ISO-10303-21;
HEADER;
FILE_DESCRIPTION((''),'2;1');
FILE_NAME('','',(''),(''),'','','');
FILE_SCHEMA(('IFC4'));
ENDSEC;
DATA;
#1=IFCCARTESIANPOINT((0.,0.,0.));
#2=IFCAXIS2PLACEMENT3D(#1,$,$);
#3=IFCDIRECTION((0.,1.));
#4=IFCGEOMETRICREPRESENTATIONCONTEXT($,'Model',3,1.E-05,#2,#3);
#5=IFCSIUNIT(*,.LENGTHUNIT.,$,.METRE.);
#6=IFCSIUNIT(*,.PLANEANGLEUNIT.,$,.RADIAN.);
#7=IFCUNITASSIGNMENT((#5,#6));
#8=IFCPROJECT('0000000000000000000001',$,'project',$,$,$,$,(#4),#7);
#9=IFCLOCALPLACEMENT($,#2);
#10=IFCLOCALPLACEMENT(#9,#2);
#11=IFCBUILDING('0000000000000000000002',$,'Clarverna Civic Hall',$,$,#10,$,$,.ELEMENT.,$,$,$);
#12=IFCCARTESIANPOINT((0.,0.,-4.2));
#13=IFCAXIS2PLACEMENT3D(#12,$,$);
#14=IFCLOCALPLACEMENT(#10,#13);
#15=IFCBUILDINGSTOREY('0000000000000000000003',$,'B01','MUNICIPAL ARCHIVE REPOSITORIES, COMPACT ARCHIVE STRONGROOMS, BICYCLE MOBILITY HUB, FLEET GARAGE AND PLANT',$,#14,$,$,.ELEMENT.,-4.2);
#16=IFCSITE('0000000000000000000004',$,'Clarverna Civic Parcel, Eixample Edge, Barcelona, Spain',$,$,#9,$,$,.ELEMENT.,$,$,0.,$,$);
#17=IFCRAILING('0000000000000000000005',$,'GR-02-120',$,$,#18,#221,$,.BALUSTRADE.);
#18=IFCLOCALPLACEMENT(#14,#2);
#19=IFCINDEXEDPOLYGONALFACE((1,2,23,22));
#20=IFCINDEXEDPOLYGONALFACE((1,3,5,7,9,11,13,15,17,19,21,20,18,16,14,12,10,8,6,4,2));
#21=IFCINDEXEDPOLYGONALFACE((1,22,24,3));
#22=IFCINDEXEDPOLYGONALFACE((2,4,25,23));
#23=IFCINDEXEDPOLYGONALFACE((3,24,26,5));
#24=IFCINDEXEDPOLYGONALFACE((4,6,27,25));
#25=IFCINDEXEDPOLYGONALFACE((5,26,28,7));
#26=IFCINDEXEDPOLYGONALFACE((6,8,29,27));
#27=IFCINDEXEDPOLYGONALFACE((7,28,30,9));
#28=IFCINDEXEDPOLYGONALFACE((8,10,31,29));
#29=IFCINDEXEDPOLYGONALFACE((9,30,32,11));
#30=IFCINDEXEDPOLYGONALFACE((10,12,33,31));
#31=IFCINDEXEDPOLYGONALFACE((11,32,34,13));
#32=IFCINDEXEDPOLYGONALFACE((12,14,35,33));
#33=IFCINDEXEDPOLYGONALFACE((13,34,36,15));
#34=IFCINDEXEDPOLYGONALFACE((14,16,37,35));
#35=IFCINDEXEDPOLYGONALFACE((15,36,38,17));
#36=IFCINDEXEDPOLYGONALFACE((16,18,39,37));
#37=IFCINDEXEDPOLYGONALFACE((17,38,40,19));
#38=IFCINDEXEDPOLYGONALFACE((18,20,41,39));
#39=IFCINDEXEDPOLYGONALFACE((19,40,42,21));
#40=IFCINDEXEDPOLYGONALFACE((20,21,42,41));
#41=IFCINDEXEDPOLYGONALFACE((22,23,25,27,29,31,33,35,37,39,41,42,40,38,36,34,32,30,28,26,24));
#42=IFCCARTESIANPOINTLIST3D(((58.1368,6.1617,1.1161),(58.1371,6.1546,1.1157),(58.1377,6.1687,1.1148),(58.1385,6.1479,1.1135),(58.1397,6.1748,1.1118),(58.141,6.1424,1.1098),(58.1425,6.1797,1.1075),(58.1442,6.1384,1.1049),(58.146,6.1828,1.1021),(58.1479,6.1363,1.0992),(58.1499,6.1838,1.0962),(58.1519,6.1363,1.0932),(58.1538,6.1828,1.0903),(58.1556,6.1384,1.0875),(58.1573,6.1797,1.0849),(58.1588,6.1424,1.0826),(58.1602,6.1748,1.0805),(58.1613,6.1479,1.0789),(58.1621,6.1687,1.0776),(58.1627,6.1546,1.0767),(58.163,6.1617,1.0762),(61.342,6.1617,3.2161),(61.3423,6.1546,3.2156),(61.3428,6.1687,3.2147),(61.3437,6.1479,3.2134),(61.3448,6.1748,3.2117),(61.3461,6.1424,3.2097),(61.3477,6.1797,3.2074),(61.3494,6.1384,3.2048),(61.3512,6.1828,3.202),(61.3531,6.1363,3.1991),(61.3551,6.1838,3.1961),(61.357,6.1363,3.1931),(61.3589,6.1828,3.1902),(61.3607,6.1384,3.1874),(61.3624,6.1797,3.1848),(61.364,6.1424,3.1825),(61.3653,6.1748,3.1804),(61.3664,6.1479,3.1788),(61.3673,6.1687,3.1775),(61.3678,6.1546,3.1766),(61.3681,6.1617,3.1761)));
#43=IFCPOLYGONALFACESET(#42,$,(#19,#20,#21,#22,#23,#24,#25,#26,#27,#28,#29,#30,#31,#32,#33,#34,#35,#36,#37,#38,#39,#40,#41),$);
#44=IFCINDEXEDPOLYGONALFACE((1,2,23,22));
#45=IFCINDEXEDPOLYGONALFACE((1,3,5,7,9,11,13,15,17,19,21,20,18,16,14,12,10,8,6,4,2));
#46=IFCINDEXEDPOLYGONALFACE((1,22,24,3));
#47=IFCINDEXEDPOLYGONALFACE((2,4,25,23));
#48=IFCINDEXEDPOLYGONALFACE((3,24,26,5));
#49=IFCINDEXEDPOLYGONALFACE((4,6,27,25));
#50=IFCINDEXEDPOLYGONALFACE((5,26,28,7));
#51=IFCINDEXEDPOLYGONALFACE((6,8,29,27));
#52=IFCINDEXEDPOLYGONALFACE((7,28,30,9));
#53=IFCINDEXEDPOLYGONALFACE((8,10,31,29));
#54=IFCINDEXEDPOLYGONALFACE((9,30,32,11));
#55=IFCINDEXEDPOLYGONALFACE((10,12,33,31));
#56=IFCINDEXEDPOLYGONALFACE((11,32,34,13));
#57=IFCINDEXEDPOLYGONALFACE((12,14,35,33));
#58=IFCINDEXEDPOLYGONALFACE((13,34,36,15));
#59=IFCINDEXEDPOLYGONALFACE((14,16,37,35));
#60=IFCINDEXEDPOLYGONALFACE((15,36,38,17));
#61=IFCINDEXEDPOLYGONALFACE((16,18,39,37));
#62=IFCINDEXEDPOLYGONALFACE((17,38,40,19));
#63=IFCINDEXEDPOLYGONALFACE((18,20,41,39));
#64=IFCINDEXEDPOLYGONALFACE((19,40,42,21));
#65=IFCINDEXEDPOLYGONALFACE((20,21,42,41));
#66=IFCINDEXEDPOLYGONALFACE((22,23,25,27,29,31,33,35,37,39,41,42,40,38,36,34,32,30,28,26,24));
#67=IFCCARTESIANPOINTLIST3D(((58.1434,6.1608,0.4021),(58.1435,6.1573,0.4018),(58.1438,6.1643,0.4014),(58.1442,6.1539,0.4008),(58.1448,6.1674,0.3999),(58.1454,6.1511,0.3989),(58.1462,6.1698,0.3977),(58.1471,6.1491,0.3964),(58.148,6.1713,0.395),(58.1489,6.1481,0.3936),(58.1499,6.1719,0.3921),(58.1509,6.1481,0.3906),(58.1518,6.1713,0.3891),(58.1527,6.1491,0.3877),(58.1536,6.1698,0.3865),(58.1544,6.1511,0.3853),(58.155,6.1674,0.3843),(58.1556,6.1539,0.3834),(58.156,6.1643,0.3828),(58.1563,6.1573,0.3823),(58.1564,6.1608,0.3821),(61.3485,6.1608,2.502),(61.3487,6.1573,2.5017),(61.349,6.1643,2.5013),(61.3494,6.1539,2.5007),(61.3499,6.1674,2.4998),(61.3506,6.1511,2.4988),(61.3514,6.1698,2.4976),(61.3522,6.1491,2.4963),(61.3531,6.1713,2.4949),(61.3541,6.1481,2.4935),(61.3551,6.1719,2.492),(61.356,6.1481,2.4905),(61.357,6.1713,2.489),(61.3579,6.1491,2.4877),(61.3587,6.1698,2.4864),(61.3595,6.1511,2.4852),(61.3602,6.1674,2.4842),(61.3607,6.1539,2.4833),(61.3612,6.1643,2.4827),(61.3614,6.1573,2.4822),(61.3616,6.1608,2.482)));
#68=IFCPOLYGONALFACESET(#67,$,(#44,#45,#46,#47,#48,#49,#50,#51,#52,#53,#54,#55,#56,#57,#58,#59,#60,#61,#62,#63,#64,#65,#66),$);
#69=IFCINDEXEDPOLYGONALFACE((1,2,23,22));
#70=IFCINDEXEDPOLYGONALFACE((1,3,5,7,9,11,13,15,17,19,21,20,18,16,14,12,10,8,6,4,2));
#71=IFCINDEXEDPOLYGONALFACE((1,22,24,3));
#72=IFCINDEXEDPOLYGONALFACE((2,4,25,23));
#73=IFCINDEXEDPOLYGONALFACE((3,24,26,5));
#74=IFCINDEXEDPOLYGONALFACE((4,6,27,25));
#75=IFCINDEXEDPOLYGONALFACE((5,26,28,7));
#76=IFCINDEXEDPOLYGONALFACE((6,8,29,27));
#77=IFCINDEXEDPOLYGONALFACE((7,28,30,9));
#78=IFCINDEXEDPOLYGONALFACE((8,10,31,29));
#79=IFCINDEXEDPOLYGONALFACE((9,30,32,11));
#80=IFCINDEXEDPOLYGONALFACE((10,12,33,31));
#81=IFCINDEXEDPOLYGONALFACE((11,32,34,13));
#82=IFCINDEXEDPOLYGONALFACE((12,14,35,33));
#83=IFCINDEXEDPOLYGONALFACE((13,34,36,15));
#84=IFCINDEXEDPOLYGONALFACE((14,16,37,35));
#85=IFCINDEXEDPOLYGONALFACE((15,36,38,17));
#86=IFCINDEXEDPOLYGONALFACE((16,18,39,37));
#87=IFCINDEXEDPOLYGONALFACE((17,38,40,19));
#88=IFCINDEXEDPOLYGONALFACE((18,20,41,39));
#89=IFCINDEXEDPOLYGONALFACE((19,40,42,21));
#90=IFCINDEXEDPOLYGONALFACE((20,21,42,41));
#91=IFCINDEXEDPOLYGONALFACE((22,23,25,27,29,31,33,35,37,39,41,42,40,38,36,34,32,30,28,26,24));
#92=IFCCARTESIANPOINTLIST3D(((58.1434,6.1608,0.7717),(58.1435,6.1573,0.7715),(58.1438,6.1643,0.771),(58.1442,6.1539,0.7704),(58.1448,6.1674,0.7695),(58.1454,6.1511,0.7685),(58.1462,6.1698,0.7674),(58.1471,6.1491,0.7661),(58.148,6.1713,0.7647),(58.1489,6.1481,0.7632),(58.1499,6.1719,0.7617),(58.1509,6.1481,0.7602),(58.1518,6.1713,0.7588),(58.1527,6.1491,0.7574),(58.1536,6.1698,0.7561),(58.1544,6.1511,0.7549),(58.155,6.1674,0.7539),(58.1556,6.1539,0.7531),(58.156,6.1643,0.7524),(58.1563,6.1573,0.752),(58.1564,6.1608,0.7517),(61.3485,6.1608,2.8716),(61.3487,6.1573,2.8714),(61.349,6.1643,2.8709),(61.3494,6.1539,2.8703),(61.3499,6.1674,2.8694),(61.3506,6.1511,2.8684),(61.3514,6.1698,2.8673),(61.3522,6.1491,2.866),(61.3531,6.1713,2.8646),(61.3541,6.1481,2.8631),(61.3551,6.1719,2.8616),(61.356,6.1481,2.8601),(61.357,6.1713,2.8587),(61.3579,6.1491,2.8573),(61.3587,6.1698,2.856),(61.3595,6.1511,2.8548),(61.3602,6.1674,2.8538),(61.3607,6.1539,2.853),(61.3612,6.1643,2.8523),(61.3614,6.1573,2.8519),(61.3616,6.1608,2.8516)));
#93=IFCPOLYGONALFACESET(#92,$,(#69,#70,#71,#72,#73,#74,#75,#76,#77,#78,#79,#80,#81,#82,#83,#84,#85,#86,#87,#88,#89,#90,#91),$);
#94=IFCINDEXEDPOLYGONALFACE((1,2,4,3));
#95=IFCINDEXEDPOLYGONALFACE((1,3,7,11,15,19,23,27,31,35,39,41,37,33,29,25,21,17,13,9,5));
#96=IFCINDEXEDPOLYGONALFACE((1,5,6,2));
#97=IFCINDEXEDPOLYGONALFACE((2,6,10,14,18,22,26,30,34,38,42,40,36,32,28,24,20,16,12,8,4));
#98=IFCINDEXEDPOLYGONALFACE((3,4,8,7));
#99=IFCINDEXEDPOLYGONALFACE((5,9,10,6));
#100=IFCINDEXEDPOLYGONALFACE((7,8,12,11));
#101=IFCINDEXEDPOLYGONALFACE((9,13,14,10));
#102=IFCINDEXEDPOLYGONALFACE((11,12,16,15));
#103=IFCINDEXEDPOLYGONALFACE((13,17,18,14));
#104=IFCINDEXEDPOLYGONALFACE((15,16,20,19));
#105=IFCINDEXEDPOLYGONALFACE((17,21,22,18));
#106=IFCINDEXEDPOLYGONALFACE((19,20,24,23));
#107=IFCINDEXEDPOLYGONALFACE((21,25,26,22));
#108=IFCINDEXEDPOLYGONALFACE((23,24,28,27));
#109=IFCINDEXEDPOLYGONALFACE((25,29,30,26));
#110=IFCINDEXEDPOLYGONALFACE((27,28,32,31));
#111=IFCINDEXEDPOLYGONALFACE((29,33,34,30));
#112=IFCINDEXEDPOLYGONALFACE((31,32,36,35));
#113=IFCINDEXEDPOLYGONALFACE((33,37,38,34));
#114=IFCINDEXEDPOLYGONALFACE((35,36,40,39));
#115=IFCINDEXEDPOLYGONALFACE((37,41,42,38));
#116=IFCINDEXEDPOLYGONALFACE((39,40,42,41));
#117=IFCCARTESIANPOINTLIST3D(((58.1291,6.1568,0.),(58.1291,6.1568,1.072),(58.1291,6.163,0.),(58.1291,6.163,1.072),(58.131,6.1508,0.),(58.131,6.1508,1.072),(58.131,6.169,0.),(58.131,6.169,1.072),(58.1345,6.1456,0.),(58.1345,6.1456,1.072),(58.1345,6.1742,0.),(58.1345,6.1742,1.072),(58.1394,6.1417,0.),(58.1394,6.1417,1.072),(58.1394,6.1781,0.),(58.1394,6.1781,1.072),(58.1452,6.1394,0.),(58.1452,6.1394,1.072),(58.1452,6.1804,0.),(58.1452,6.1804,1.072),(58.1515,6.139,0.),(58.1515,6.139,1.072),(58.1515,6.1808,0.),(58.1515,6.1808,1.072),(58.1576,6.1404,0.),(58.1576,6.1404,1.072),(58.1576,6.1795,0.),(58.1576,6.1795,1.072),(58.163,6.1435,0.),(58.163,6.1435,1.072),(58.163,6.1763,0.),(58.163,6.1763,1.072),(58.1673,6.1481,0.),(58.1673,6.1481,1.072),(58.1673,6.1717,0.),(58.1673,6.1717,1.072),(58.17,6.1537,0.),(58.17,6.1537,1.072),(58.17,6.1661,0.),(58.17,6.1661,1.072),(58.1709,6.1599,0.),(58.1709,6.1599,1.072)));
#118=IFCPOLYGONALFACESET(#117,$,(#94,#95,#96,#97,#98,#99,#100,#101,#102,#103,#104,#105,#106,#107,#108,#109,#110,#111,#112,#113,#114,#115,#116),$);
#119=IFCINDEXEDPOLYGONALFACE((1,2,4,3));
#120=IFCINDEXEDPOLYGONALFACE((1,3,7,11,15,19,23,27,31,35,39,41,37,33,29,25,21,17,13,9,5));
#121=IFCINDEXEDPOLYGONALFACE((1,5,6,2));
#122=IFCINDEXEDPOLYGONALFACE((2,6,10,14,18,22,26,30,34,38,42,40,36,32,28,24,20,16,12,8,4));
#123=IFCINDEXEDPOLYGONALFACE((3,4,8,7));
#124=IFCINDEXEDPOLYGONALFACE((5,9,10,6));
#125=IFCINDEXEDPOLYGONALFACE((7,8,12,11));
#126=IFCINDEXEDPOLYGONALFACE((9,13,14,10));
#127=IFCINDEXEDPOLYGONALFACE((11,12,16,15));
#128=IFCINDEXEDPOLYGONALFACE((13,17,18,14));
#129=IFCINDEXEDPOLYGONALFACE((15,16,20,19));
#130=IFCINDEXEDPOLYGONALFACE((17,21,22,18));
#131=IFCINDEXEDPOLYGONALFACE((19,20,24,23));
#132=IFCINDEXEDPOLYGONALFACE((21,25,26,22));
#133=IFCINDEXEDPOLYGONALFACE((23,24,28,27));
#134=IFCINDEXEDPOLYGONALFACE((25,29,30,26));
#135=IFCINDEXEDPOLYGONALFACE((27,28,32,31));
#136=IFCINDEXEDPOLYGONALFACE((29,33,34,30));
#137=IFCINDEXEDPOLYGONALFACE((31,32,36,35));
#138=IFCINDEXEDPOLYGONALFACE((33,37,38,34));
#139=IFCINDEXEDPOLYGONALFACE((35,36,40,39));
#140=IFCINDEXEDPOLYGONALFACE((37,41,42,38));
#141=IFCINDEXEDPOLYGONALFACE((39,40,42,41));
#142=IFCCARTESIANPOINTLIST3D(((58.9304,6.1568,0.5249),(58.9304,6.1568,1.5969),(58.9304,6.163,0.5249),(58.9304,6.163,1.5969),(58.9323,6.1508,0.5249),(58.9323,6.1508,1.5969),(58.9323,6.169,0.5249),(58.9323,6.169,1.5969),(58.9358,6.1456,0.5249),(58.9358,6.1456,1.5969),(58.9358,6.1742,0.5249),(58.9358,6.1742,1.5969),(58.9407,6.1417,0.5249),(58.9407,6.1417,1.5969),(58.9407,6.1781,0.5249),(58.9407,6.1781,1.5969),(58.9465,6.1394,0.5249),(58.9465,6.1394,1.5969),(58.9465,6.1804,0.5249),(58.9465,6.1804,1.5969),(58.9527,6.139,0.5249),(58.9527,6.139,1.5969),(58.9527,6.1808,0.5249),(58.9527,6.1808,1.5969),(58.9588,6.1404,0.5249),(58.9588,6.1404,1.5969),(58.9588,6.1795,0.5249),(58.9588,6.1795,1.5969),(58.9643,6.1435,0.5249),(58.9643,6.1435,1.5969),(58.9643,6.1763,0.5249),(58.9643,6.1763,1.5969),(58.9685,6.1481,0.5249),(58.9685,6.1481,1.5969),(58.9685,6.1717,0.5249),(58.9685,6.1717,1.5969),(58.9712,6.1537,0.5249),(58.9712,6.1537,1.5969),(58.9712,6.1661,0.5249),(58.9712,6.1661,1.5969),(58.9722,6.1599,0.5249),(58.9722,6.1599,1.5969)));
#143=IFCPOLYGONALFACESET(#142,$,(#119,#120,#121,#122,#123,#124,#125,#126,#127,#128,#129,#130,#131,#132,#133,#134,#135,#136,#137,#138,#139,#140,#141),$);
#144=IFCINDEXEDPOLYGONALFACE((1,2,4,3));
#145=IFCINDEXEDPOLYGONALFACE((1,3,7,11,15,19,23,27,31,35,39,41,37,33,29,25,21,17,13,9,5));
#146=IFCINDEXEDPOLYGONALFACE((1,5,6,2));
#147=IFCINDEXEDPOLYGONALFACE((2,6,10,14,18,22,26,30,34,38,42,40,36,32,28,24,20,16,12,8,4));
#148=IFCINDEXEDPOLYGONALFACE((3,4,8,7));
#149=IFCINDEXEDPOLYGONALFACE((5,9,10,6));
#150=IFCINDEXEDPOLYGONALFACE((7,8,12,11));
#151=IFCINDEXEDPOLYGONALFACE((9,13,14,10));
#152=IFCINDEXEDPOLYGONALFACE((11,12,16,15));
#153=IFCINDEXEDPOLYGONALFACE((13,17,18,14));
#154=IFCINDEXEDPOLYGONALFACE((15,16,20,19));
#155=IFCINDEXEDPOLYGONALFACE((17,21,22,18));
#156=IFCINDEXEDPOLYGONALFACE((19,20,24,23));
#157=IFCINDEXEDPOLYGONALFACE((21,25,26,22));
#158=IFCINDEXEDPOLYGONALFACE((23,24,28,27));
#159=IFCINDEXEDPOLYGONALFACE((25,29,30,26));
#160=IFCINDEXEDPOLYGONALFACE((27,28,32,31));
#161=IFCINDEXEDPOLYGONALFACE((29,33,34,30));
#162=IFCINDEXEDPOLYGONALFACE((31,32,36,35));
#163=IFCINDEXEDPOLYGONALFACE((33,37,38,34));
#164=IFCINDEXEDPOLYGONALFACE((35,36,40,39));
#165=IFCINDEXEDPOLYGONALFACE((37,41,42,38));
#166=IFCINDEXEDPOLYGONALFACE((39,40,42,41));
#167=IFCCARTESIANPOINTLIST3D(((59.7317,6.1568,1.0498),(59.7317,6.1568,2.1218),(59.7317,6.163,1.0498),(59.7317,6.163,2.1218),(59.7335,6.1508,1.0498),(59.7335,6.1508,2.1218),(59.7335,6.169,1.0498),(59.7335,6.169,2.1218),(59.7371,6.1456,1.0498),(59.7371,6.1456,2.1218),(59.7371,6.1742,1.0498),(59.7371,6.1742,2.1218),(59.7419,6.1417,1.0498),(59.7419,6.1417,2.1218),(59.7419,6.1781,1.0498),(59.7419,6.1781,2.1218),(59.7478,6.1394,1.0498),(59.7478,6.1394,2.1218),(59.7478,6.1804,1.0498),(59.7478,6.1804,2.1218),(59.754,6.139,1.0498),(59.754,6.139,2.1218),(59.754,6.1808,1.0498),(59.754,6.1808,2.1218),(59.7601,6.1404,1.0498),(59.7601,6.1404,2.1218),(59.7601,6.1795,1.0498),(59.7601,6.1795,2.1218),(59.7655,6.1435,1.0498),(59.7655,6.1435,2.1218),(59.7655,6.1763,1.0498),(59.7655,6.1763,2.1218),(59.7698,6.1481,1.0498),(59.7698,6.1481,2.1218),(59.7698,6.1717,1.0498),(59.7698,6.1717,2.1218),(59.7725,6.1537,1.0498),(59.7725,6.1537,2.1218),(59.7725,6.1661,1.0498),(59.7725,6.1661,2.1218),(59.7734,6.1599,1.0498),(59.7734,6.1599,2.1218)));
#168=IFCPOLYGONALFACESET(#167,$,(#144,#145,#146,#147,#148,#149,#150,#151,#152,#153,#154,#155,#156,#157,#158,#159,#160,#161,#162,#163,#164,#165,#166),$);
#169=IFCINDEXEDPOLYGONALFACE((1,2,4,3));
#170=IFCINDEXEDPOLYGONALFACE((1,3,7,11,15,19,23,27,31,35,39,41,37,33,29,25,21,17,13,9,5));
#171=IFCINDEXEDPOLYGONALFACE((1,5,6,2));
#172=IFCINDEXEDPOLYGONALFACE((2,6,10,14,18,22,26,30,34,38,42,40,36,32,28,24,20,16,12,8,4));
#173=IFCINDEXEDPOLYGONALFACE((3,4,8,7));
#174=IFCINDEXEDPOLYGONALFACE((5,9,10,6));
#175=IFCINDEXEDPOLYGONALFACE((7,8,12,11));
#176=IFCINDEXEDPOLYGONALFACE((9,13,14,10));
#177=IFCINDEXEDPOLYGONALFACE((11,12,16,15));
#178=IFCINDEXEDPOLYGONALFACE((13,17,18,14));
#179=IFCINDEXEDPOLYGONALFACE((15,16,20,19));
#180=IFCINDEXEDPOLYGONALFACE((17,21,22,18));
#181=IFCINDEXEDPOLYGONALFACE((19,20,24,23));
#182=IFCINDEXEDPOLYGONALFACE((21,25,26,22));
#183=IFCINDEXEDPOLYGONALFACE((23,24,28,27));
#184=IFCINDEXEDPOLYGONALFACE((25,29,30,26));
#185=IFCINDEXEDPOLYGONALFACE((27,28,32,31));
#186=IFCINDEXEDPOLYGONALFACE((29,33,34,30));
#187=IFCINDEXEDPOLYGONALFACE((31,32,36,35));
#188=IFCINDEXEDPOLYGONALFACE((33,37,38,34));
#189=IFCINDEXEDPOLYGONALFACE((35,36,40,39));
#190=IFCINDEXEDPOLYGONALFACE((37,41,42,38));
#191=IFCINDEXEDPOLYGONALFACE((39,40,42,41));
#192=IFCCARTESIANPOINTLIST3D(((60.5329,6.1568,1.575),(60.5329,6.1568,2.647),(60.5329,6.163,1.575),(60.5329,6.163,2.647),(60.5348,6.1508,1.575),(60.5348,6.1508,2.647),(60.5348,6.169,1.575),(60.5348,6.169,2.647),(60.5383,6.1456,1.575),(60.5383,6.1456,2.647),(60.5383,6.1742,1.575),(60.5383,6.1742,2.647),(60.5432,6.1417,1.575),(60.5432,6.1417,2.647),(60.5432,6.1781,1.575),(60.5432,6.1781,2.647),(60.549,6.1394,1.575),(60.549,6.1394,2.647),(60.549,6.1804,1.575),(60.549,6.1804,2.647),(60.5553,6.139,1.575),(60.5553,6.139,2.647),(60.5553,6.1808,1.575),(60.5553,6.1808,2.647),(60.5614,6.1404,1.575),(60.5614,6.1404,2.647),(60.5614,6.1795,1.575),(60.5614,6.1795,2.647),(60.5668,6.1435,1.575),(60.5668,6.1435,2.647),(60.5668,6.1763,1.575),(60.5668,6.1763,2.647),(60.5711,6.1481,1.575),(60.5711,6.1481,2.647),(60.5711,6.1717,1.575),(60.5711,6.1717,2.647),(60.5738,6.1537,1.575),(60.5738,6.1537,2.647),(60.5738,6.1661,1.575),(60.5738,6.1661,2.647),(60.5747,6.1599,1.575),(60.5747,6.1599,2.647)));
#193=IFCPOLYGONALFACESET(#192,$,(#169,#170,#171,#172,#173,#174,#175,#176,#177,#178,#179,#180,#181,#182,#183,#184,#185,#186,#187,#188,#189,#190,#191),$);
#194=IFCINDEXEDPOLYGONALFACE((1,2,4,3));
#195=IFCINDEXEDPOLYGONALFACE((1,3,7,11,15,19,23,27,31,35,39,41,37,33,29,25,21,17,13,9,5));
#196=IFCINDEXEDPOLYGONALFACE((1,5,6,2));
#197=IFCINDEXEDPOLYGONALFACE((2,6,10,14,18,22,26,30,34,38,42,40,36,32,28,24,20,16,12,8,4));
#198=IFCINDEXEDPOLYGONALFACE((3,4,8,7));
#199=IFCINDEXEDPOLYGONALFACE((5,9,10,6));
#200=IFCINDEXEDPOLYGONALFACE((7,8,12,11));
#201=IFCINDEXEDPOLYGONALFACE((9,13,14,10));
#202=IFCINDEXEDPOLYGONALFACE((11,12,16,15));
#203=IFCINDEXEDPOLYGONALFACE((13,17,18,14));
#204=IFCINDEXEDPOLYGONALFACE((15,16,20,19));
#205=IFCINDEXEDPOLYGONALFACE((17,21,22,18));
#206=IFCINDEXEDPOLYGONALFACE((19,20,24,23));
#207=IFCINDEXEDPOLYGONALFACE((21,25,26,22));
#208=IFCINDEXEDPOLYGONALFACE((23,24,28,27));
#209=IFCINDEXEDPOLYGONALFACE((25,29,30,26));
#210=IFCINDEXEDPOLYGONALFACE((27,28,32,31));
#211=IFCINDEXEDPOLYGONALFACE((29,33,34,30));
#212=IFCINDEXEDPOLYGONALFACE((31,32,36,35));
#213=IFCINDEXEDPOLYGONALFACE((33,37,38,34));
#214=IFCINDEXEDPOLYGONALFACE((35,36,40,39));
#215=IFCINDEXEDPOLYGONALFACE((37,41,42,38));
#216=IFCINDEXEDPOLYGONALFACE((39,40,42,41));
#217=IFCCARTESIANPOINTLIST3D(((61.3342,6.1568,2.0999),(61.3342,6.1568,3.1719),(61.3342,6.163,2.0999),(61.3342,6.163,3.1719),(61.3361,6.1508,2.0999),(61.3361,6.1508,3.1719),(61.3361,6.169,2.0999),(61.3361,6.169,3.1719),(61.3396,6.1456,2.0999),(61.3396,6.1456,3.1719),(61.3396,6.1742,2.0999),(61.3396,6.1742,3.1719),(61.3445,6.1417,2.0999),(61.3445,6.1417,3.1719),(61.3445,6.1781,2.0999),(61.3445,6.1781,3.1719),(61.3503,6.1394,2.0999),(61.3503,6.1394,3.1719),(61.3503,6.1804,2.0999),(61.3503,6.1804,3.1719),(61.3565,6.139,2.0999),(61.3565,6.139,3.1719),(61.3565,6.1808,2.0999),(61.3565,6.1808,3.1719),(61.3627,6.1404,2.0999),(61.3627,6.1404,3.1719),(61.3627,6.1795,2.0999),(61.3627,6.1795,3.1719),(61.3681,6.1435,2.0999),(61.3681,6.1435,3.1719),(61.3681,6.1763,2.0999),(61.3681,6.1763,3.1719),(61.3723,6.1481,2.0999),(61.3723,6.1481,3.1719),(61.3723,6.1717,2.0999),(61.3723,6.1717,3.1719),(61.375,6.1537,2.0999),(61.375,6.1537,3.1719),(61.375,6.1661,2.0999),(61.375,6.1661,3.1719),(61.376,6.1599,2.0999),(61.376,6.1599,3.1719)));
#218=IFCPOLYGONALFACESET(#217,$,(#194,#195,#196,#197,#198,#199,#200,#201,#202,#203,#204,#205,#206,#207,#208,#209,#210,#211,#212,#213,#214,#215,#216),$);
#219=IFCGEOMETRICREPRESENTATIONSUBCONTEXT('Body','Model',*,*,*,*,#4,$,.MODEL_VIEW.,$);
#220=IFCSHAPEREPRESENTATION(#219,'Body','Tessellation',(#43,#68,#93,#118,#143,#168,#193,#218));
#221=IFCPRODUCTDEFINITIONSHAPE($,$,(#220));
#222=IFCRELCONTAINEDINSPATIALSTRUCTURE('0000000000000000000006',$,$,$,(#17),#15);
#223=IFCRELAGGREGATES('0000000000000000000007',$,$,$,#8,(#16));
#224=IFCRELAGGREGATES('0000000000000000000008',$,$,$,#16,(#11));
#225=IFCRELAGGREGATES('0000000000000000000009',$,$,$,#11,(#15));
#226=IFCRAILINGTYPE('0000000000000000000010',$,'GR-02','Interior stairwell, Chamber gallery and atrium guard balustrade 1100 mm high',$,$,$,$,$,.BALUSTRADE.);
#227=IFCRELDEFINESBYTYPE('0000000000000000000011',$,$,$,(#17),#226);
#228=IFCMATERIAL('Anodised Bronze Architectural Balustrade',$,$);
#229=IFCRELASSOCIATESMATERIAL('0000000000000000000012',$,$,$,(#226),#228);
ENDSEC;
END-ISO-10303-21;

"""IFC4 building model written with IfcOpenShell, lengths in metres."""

from ifc_helpers import new_model, si_unit, direction, frame, origin, origin_2d, place, context, subcontext, project, spatial, circle, extrude, material, type_object, element, save


model = new_model("IFC4")

# Units and contexts
model_context = context("Model", 3, precision=1e-05, world=origin(), true_north=direction((0.0, 1.0)))
body_context = subcontext(model_context, "Body", "Model", "MODEL_VIEW")
ifc_project = project(units=[si_unit("LENGTHUNIT", "METRE"), si_unit("PLANEANGLEUNIT", "RADIAN")], contexts=[model_context])

# Site, building, storey
site_placement = place(None, origin())
site = spatial("IfcSite", under=ifc_project, at=site_placement, Name="Clarverna Civic Parcel, Eixample Edge, Barcelona, Spain", CompositionType="ELEMENT", RefElevation=0.0)
building_placement = place(site_placement, origin())
building = spatial("IfcBuilding", under=site, at=building_placement, Name="Clarverna Civic Hall", CompositionType="ELEMENT")
storey_placement = place(building_placement, frame((0.0, 0.0, -4.2)))
storey = spatial("IfcBuildingStorey", under=building, at=storey_placement, Name="B01", Description="MUNICIPAL ARCHIVE REPOSITORIES, COMPACT ARCHIVE STRONGROOMS, BICYCLE MOBILITY HUB, FLEET GARAGE AND PLANT", CompositionType="ELEMENT", Elevation=-4.2)

# Railing
ifc_material_1 = material(Name="Anodised Bronze Architectural Balustrade")
railing_type_1 = type_object("IfcRailingType", Name="GR-02", Description="Interior stairwell, Chamber gallery and atrium guard balustrade 1100 mm high", PredefinedType="BALUSTRADE", material=ifc_material_1)
railing_1_placement = place(storey_placement, frame((58.1499, 6.1599, 0.0)))
element("IfcRailing", 1, at=railing_1_placement, inside=storey, type_object=railing_type_1, Name="GR-02-120", PredefinedType="BALUSTRADE", context=body_context, shape_type="SweptSolid", body=[
    extrude(circle(Radius=0.0239, at=origin_2d()), frame((0.0, 0.0, 1.0962), z_axis=(0.836464, 0.0, 0.548022), x_axis=(0.0, 1.0, 0.0)), (0.0, 0.0, 1.0), 3.8318),
    extrude(circle(Radius=0.012, at=origin_2d()), frame((0.0, 0.0, 0.3921), z_axis=(0.836464, 0.0, 0.548022), x_axis=(0.0, 1.0, 0.0)), (0.0, 0.0, 1.0), 3.8318),
    extrude(circle(Radius=0.012, at=origin_2d()), frame((0.0, 0.0, 0.7617), z_axis=(0.836464, 0.0, 0.548022), x_axis=(0.0, 1.0, 0.0)), (0.0, 0.0, 1.0), 3.8318),
    extrude(circle(Radius=0.021, at=origin_2d()), origin(), (0.0, 0.0, 1.0), 1.072),
    extrude(circle(Radius=0.021, at=origin_2d()), frame((0.8013, 0.0, 0.5249)), (0.0, 0.0, 1.0), 1.072),
    extrude(circle(Radius=0.021, at=origin_2d()), frame((1.6025, 0.0, 1.0498)), (0.0, 0.0, 1.0), 1.072),
    extrude(circle(Radius=0.021, at=origin_2d()), frame((2.4038, 0.0, 1.575)), (0.0, 0.0, 1.0), 1.072),
    extrude(circle(Radius=0.021, at=origin_2d()), frame((3.2051, 0.0, 2.0999)), (0.0, 0.0, 1.0), 1.072),
])

save(model, "model.ifc")
